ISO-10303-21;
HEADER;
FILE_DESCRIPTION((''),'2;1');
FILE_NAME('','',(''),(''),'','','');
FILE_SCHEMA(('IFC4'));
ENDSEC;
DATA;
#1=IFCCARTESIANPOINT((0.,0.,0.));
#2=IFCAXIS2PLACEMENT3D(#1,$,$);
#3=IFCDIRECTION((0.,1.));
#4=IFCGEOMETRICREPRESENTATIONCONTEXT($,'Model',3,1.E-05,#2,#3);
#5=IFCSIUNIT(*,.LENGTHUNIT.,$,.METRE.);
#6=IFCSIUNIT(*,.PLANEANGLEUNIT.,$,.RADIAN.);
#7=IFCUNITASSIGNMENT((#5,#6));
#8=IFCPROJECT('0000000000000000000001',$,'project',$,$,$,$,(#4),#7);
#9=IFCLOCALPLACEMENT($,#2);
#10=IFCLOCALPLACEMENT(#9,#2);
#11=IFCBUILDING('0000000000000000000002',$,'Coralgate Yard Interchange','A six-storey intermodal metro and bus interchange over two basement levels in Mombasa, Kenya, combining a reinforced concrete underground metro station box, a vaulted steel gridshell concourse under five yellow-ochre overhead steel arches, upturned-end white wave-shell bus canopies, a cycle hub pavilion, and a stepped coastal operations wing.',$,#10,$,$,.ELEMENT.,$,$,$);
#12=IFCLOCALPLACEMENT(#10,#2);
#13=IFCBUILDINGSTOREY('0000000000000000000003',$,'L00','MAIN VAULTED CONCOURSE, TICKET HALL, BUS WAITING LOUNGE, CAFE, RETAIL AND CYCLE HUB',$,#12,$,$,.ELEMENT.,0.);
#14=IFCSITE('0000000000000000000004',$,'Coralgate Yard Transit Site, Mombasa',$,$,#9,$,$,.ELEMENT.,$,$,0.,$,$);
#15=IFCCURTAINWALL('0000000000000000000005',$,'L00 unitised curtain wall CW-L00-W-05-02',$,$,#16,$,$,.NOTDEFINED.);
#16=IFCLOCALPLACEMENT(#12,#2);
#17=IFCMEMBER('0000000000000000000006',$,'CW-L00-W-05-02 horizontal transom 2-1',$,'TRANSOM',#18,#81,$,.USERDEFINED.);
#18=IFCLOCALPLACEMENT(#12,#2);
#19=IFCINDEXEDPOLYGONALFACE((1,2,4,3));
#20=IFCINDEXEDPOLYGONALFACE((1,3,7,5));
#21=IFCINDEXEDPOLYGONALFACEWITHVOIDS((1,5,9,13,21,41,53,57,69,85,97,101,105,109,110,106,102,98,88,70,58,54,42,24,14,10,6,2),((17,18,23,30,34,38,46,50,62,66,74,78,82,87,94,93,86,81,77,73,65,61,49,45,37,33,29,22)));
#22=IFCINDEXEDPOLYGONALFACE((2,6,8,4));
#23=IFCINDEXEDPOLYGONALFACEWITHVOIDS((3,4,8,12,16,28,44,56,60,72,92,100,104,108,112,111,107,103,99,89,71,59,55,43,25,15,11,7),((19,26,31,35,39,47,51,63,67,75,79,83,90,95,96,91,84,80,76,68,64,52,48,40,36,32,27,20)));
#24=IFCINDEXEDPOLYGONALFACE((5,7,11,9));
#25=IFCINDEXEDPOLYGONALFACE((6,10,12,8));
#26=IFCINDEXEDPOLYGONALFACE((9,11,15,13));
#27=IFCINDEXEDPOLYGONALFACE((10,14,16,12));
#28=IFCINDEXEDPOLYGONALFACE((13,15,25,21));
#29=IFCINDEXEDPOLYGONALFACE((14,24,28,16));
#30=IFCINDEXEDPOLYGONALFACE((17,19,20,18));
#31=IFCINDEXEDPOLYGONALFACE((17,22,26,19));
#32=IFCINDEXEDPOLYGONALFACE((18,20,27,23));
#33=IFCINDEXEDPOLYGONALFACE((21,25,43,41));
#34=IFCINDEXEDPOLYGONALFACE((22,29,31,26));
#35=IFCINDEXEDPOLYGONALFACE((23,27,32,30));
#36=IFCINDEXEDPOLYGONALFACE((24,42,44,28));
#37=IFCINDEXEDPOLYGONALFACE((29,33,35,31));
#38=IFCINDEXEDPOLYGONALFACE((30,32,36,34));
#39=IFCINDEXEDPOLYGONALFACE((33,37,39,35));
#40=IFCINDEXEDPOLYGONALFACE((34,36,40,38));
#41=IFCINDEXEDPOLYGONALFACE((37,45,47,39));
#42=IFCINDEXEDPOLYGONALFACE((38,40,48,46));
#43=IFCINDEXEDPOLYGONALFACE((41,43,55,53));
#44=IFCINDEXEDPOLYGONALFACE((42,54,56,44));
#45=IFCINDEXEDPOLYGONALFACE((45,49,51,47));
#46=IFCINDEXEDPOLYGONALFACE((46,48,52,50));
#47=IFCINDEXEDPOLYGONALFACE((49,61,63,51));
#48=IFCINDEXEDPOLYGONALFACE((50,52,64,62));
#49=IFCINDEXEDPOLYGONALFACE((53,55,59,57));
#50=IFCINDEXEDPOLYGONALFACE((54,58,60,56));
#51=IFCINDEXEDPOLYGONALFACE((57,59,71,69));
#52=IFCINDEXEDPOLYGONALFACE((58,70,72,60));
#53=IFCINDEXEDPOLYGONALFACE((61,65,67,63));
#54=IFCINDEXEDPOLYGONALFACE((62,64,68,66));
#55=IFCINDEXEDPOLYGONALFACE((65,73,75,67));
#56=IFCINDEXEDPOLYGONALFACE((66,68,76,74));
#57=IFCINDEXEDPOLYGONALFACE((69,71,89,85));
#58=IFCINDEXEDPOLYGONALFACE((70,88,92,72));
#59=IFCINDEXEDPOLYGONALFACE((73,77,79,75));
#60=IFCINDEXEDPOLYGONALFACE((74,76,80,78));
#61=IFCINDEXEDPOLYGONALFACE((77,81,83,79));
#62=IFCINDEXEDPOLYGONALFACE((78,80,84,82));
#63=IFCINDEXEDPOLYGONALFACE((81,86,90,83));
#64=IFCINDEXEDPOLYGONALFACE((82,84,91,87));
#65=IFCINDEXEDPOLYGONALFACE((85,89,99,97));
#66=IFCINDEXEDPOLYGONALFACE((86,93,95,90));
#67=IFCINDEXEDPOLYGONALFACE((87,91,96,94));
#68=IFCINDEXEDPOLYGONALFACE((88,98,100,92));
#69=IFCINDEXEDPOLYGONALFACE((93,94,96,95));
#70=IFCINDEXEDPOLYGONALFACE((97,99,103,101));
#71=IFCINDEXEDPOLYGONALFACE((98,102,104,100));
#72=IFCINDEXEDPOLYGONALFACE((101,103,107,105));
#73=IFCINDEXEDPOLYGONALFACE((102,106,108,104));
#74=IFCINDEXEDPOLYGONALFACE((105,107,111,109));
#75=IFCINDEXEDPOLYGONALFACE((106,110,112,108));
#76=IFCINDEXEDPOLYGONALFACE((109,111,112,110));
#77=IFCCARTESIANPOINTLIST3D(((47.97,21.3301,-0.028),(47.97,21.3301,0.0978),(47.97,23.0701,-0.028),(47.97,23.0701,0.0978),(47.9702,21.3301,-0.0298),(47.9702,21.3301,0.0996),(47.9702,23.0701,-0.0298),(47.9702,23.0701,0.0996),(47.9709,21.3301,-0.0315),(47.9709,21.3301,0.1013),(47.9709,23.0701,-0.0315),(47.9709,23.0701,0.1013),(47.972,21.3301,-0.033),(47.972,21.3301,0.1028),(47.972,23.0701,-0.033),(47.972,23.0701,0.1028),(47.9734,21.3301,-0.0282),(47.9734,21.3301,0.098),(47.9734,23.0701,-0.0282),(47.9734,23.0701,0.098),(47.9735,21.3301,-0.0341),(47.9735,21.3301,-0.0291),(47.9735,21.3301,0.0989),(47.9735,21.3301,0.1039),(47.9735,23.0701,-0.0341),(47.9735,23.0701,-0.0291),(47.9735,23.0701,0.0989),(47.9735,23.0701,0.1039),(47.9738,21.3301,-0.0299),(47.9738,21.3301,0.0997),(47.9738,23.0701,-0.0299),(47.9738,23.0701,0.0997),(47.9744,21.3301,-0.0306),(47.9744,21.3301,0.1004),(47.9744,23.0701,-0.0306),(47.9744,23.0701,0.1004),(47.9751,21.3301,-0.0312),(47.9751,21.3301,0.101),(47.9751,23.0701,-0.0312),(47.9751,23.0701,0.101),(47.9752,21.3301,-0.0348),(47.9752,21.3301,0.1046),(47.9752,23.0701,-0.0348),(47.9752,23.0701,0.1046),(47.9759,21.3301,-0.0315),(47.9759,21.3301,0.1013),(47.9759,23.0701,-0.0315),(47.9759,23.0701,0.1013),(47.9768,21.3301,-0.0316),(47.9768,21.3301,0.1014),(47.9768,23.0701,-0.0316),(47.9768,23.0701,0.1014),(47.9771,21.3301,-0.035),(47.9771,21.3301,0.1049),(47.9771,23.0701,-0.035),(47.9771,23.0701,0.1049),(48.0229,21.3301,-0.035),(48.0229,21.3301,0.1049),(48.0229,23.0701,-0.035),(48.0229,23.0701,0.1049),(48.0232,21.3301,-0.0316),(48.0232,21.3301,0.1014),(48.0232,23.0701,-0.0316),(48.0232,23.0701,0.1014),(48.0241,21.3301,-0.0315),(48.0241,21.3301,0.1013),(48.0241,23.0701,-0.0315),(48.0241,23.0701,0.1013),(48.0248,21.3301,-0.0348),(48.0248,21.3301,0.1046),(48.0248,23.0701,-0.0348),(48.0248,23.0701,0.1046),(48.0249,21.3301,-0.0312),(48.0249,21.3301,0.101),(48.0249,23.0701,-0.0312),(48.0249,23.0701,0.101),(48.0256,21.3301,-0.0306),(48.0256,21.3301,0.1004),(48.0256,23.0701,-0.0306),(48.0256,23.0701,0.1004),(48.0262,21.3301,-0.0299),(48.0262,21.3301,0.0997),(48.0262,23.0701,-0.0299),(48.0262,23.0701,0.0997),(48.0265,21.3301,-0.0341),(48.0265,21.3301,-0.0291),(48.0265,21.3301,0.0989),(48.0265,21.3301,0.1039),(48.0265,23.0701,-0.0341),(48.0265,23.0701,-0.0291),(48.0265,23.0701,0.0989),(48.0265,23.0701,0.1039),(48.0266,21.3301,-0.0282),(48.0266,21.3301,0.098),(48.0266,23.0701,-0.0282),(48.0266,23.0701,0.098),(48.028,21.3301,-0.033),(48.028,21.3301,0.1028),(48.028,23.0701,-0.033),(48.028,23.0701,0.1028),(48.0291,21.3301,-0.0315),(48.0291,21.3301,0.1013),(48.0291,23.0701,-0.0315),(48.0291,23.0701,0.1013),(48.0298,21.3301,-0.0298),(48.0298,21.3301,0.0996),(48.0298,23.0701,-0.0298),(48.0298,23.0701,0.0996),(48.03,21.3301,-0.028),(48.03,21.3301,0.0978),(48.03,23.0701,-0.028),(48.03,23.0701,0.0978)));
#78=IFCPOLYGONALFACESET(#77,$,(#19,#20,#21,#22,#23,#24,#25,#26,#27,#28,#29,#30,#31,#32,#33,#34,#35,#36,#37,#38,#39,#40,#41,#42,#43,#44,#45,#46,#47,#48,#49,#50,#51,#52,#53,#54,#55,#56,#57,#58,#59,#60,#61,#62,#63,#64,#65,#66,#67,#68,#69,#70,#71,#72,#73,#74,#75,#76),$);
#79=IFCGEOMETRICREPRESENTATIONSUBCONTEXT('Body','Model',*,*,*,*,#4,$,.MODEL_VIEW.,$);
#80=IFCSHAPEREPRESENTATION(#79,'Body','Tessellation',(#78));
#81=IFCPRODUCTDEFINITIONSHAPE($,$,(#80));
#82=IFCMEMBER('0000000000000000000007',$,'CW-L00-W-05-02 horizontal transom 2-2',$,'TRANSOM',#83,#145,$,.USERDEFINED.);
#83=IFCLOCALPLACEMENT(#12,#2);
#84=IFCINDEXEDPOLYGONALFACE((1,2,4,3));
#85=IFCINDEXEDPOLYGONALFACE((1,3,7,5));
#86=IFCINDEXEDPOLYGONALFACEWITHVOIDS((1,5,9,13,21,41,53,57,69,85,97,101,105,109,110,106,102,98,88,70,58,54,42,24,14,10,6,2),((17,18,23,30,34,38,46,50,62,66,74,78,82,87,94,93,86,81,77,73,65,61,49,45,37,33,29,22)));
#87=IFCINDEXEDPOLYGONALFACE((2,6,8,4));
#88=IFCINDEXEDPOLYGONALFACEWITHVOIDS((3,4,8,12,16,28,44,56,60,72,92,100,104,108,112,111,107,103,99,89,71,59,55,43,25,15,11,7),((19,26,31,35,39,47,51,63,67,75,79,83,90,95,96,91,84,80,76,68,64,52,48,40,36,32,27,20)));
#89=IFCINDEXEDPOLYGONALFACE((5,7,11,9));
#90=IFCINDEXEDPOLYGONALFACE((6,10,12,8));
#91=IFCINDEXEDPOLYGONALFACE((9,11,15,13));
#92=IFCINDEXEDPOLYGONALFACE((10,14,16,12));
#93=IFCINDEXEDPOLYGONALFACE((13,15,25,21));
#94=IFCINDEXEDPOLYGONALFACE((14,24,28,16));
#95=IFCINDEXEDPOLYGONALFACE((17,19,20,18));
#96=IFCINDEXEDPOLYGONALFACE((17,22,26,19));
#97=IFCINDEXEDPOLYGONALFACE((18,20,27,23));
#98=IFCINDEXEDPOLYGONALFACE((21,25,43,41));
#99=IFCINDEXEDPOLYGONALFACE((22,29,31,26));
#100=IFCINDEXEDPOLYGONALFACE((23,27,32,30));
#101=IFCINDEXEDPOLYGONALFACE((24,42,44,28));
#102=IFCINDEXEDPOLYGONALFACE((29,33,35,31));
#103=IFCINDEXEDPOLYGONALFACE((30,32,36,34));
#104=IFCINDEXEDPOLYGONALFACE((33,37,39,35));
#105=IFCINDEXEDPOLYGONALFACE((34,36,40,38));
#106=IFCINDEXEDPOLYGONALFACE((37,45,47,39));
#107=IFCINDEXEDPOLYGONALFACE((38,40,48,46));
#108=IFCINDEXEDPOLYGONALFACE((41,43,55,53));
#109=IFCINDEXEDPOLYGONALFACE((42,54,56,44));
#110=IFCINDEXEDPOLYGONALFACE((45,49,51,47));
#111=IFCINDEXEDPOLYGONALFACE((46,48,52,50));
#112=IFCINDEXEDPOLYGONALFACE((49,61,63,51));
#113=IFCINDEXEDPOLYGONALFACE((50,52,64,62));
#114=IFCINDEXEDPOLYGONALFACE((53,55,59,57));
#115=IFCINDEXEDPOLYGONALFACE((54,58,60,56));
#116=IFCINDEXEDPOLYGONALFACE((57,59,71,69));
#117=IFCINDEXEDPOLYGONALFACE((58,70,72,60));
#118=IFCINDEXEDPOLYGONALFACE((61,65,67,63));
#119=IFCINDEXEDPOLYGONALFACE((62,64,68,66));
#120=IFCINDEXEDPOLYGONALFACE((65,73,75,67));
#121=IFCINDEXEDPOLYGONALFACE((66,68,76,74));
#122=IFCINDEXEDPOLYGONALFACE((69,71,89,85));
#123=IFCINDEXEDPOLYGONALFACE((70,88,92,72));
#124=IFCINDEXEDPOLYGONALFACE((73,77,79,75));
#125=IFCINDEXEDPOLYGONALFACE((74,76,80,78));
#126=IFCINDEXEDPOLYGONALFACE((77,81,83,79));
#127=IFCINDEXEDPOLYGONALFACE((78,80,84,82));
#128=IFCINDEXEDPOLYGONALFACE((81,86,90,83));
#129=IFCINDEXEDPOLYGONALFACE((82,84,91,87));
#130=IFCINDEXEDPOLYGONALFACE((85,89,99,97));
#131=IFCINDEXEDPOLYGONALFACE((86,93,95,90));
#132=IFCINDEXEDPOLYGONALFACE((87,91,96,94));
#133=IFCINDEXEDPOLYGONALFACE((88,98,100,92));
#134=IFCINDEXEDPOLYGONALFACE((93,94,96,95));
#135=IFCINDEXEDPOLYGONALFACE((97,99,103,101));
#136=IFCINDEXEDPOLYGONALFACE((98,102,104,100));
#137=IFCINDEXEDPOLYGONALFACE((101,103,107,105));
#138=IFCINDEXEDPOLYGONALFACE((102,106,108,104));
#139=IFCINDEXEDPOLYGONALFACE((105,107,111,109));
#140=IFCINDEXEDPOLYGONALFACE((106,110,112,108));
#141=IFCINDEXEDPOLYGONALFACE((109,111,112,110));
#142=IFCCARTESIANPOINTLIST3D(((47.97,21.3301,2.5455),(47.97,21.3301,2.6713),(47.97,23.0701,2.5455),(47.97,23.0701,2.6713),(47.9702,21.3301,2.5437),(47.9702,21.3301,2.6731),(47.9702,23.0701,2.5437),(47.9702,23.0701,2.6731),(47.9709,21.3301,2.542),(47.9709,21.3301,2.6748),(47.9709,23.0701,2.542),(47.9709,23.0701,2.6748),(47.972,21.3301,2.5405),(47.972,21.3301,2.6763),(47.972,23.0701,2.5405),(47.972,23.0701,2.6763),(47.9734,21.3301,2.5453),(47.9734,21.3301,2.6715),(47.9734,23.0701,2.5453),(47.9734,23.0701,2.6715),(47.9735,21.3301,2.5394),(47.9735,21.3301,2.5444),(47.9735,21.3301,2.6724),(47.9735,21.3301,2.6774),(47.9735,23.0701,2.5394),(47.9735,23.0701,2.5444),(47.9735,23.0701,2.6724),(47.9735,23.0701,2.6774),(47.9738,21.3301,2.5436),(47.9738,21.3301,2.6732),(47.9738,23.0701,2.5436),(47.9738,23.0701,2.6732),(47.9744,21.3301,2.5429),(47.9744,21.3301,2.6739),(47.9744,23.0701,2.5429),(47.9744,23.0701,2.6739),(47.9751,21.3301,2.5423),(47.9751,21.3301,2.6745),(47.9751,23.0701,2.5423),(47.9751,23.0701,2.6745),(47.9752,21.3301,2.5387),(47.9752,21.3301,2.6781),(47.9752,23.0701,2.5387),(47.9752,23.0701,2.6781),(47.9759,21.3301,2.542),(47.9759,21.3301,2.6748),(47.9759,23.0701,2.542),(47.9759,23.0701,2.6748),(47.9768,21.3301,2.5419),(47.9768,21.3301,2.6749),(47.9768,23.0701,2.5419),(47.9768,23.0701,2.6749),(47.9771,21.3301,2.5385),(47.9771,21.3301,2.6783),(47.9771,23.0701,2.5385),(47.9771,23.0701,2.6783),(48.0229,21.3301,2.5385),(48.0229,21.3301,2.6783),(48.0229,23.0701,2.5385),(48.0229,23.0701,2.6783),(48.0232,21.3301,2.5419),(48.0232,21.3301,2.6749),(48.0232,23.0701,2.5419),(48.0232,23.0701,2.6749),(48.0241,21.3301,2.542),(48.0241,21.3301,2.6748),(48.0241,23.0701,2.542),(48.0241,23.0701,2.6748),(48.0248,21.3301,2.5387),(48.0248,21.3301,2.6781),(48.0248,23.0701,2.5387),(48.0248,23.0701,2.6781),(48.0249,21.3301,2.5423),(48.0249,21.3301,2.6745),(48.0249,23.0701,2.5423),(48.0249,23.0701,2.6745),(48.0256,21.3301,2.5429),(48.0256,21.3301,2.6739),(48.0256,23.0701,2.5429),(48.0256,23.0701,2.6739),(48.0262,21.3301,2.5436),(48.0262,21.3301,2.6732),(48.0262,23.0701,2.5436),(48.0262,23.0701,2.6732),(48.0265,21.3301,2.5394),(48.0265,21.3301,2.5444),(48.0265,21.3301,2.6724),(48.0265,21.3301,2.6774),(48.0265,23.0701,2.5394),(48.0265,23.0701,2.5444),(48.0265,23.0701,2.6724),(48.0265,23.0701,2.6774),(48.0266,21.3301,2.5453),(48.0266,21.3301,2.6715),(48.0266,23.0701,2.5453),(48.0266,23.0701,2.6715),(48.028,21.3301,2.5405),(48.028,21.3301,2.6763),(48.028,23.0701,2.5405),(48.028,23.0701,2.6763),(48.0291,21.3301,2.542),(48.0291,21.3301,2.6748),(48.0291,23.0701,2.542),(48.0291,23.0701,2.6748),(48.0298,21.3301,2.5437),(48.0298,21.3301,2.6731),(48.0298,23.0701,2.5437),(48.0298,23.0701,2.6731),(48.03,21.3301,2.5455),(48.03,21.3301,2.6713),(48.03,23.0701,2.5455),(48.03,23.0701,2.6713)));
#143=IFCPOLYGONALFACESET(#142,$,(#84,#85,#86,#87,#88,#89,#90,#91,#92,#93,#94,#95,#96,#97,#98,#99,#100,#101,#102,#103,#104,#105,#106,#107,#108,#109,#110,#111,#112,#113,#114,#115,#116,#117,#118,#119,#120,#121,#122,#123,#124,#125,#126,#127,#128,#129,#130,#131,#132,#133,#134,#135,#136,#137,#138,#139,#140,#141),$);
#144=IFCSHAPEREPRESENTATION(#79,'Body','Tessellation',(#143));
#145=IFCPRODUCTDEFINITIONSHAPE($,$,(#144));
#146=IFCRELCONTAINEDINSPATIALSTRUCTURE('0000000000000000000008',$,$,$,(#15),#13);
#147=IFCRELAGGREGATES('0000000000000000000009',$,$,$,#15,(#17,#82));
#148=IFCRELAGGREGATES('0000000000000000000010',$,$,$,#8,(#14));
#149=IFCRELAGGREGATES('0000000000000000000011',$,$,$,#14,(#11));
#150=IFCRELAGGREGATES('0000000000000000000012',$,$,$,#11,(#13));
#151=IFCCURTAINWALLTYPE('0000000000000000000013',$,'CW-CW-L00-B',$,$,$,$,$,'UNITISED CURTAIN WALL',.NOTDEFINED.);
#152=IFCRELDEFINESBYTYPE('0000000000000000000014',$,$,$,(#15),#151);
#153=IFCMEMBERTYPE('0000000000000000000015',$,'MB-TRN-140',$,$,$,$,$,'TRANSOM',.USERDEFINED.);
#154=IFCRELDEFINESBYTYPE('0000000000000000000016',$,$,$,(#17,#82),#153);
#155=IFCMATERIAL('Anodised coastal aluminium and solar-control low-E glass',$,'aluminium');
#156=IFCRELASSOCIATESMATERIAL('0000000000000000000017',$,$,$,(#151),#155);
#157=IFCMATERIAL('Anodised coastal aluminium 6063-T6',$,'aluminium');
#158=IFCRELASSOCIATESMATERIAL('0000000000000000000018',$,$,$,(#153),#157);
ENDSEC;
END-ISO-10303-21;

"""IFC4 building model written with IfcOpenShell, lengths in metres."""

from ifc_helpers import new_model, si_unit, direction, frame, origin, origin_2d, place, context, subcontext, project, spatial, hollow_rectangle, extrude, material, material_profile, profile_set, type_object, element, aggregate, save


model = new_model("IFC4")

# Units and contexts
model_context = context("Model", 3, precision=1e-05, world=origin(), true_north=direction((0.0, 1.0)))
body_context = subcontext(model_context, "Body", "Model", "MODEL_VIEW")
ifc_project = project(units=[si_unit("LENGTHUNIT", "METRE"), si_unit("PLANEANGLEUNIT", "RADIAN")], contexts=[model_context])

# Site, building, storey
site_placement = place(None, origin())
site = spatial("IfcSite", under=ifc_project, at=site_placement, Name="Coralgate Yard Transit Site, Mombasa", CompositionType="ELEMENT", RefElevation=0.0)
building_placement = place(site_placement, origin())
building = spatial("IfcBuilding", under=site, at=building_placement, Name="Coralgate Yard Interchange", Description="A six-storey intermodal metro and bus interchange over two basement levels in Mombasa, Kenya, combining a reinforced concrete underground metro station box, a vaulted steel gridshell concourse under five yellow-ochre overhead steel arches, upturned-end white wave-shell bus canopies, a cycle hub pavilion, and a stepped coastal operations wing.", CompositionType="ELEMENT")
storey_placement = place(building_placement, origin())
storey = spatial("IfcBuildingStorey", under=building, at=storey_placement, Name="L00", Description="MAIN VAULTED CONCOURSE, TICKET HALL, BUS WAITING LOUNGE, CAFE, RETAIL AND CYCLE HUB", CompositionType="ELEMENT", Elevation=0.0)

# Shared definitions
ifc_material_1 = material(Name="Anodised coastal aluminium and solar-control low-E glass", Category="aluminium")
curtain_wall_type = type_object("IfcCurtainWallType", Name="CW-CW-L00-B", ElementType="UNITISED CURTAIN WALL", PredefinedType="NOTDEFINED", material=ifc_material_1)
ifc_material_2 = material(Name="Anodised coastal aluminium 6063-T6", Category="aluminium")

# Curtain wall
curtain_wall_1_placement = place(storey_placement, origin())
curtain_wall_1 = element("IfcCurtainWall", 1, at=curtain_wall_1_placement, inside=storey, type_object=curtain_wall_type, Name="L00 unitised curtain wall CW-L00-W-05-02", PredefinedType="NOTDEFINED")

# Members
ifc_material_profile_1 = material_profile(ifc_material_2, hollow_rectangle(XDim=0.0601, YDim=0.1399, WallThickness=0.0034, InnerFilletRadius=0.0034, OuterFilletRadius=0.0071, at=origin_2d()), Name="ALU 60x140x3.5")
ifc_profile_set_1 = profile_set([ifc_material_profile_1], Name="Anodised coastal aluminium 6063-T6")
member_type_1 = type_object("IfcMemberType", Name="MB-TRN-140", ElementType="TRANSOM", PredefinedType="USERDEFINED", material=ifc_profile_set_1)
member_1_placement = place(storey_placement, frame((48.0, 21.3301, 0.0349), z_axis=(0.0, 1.0, 0.0), x_axis=(-1.0, 0.0, 0.0)))
member_1 = element("IfcMember", 2, at=member_1_placement, type_object=member_type_1, Name="CW-L00-W-05-02 horizontal transom 2-1", ObjectType="TRANSOM", PredefinedType="USERDEFINED", context=body_context, shape_type="SweptSolid", body=[
    extrude(hollow_rectangle(XDim=0.0601, YDim=0.1399, WallThickness=0.0034, InnerFilletRadius=0.0034, OuterFilletRadius=0.0071, at=origin_2d()), origin(), (0.0, 0.0, 1.0), 1.74),
])
member_2_placement = place(storey_placement, frame((48.0, 21.3301, 2.6084), z_axis=(0.0, 1.0, 0.0), x_axis=(-1.0, 0.0, 0.0)))
member_2 = element("IfcMember", 3, at=member_2_placement, type_object=member_type_1, Name="CW-L00-W-05-02 horizontal transom 2-2", ObjectType="TRANSOM", PredefinedType="USERDEFINED", context=body_context, shape_type="SweptSolid", body=[
    extrude(hollow_rectangle(XDim=0.0601, YDim=0.1399, WallThickness=0.0034, InnerFilletRadius=0.0034, OuterFilletRadius=0.0071, at=origin_2d()), origin(), (0.0, 0.0, 1.0), 1.74),
])

aggregate(curtain_wall_1, [member_1, member_2])

save(model, "model.ifc")
